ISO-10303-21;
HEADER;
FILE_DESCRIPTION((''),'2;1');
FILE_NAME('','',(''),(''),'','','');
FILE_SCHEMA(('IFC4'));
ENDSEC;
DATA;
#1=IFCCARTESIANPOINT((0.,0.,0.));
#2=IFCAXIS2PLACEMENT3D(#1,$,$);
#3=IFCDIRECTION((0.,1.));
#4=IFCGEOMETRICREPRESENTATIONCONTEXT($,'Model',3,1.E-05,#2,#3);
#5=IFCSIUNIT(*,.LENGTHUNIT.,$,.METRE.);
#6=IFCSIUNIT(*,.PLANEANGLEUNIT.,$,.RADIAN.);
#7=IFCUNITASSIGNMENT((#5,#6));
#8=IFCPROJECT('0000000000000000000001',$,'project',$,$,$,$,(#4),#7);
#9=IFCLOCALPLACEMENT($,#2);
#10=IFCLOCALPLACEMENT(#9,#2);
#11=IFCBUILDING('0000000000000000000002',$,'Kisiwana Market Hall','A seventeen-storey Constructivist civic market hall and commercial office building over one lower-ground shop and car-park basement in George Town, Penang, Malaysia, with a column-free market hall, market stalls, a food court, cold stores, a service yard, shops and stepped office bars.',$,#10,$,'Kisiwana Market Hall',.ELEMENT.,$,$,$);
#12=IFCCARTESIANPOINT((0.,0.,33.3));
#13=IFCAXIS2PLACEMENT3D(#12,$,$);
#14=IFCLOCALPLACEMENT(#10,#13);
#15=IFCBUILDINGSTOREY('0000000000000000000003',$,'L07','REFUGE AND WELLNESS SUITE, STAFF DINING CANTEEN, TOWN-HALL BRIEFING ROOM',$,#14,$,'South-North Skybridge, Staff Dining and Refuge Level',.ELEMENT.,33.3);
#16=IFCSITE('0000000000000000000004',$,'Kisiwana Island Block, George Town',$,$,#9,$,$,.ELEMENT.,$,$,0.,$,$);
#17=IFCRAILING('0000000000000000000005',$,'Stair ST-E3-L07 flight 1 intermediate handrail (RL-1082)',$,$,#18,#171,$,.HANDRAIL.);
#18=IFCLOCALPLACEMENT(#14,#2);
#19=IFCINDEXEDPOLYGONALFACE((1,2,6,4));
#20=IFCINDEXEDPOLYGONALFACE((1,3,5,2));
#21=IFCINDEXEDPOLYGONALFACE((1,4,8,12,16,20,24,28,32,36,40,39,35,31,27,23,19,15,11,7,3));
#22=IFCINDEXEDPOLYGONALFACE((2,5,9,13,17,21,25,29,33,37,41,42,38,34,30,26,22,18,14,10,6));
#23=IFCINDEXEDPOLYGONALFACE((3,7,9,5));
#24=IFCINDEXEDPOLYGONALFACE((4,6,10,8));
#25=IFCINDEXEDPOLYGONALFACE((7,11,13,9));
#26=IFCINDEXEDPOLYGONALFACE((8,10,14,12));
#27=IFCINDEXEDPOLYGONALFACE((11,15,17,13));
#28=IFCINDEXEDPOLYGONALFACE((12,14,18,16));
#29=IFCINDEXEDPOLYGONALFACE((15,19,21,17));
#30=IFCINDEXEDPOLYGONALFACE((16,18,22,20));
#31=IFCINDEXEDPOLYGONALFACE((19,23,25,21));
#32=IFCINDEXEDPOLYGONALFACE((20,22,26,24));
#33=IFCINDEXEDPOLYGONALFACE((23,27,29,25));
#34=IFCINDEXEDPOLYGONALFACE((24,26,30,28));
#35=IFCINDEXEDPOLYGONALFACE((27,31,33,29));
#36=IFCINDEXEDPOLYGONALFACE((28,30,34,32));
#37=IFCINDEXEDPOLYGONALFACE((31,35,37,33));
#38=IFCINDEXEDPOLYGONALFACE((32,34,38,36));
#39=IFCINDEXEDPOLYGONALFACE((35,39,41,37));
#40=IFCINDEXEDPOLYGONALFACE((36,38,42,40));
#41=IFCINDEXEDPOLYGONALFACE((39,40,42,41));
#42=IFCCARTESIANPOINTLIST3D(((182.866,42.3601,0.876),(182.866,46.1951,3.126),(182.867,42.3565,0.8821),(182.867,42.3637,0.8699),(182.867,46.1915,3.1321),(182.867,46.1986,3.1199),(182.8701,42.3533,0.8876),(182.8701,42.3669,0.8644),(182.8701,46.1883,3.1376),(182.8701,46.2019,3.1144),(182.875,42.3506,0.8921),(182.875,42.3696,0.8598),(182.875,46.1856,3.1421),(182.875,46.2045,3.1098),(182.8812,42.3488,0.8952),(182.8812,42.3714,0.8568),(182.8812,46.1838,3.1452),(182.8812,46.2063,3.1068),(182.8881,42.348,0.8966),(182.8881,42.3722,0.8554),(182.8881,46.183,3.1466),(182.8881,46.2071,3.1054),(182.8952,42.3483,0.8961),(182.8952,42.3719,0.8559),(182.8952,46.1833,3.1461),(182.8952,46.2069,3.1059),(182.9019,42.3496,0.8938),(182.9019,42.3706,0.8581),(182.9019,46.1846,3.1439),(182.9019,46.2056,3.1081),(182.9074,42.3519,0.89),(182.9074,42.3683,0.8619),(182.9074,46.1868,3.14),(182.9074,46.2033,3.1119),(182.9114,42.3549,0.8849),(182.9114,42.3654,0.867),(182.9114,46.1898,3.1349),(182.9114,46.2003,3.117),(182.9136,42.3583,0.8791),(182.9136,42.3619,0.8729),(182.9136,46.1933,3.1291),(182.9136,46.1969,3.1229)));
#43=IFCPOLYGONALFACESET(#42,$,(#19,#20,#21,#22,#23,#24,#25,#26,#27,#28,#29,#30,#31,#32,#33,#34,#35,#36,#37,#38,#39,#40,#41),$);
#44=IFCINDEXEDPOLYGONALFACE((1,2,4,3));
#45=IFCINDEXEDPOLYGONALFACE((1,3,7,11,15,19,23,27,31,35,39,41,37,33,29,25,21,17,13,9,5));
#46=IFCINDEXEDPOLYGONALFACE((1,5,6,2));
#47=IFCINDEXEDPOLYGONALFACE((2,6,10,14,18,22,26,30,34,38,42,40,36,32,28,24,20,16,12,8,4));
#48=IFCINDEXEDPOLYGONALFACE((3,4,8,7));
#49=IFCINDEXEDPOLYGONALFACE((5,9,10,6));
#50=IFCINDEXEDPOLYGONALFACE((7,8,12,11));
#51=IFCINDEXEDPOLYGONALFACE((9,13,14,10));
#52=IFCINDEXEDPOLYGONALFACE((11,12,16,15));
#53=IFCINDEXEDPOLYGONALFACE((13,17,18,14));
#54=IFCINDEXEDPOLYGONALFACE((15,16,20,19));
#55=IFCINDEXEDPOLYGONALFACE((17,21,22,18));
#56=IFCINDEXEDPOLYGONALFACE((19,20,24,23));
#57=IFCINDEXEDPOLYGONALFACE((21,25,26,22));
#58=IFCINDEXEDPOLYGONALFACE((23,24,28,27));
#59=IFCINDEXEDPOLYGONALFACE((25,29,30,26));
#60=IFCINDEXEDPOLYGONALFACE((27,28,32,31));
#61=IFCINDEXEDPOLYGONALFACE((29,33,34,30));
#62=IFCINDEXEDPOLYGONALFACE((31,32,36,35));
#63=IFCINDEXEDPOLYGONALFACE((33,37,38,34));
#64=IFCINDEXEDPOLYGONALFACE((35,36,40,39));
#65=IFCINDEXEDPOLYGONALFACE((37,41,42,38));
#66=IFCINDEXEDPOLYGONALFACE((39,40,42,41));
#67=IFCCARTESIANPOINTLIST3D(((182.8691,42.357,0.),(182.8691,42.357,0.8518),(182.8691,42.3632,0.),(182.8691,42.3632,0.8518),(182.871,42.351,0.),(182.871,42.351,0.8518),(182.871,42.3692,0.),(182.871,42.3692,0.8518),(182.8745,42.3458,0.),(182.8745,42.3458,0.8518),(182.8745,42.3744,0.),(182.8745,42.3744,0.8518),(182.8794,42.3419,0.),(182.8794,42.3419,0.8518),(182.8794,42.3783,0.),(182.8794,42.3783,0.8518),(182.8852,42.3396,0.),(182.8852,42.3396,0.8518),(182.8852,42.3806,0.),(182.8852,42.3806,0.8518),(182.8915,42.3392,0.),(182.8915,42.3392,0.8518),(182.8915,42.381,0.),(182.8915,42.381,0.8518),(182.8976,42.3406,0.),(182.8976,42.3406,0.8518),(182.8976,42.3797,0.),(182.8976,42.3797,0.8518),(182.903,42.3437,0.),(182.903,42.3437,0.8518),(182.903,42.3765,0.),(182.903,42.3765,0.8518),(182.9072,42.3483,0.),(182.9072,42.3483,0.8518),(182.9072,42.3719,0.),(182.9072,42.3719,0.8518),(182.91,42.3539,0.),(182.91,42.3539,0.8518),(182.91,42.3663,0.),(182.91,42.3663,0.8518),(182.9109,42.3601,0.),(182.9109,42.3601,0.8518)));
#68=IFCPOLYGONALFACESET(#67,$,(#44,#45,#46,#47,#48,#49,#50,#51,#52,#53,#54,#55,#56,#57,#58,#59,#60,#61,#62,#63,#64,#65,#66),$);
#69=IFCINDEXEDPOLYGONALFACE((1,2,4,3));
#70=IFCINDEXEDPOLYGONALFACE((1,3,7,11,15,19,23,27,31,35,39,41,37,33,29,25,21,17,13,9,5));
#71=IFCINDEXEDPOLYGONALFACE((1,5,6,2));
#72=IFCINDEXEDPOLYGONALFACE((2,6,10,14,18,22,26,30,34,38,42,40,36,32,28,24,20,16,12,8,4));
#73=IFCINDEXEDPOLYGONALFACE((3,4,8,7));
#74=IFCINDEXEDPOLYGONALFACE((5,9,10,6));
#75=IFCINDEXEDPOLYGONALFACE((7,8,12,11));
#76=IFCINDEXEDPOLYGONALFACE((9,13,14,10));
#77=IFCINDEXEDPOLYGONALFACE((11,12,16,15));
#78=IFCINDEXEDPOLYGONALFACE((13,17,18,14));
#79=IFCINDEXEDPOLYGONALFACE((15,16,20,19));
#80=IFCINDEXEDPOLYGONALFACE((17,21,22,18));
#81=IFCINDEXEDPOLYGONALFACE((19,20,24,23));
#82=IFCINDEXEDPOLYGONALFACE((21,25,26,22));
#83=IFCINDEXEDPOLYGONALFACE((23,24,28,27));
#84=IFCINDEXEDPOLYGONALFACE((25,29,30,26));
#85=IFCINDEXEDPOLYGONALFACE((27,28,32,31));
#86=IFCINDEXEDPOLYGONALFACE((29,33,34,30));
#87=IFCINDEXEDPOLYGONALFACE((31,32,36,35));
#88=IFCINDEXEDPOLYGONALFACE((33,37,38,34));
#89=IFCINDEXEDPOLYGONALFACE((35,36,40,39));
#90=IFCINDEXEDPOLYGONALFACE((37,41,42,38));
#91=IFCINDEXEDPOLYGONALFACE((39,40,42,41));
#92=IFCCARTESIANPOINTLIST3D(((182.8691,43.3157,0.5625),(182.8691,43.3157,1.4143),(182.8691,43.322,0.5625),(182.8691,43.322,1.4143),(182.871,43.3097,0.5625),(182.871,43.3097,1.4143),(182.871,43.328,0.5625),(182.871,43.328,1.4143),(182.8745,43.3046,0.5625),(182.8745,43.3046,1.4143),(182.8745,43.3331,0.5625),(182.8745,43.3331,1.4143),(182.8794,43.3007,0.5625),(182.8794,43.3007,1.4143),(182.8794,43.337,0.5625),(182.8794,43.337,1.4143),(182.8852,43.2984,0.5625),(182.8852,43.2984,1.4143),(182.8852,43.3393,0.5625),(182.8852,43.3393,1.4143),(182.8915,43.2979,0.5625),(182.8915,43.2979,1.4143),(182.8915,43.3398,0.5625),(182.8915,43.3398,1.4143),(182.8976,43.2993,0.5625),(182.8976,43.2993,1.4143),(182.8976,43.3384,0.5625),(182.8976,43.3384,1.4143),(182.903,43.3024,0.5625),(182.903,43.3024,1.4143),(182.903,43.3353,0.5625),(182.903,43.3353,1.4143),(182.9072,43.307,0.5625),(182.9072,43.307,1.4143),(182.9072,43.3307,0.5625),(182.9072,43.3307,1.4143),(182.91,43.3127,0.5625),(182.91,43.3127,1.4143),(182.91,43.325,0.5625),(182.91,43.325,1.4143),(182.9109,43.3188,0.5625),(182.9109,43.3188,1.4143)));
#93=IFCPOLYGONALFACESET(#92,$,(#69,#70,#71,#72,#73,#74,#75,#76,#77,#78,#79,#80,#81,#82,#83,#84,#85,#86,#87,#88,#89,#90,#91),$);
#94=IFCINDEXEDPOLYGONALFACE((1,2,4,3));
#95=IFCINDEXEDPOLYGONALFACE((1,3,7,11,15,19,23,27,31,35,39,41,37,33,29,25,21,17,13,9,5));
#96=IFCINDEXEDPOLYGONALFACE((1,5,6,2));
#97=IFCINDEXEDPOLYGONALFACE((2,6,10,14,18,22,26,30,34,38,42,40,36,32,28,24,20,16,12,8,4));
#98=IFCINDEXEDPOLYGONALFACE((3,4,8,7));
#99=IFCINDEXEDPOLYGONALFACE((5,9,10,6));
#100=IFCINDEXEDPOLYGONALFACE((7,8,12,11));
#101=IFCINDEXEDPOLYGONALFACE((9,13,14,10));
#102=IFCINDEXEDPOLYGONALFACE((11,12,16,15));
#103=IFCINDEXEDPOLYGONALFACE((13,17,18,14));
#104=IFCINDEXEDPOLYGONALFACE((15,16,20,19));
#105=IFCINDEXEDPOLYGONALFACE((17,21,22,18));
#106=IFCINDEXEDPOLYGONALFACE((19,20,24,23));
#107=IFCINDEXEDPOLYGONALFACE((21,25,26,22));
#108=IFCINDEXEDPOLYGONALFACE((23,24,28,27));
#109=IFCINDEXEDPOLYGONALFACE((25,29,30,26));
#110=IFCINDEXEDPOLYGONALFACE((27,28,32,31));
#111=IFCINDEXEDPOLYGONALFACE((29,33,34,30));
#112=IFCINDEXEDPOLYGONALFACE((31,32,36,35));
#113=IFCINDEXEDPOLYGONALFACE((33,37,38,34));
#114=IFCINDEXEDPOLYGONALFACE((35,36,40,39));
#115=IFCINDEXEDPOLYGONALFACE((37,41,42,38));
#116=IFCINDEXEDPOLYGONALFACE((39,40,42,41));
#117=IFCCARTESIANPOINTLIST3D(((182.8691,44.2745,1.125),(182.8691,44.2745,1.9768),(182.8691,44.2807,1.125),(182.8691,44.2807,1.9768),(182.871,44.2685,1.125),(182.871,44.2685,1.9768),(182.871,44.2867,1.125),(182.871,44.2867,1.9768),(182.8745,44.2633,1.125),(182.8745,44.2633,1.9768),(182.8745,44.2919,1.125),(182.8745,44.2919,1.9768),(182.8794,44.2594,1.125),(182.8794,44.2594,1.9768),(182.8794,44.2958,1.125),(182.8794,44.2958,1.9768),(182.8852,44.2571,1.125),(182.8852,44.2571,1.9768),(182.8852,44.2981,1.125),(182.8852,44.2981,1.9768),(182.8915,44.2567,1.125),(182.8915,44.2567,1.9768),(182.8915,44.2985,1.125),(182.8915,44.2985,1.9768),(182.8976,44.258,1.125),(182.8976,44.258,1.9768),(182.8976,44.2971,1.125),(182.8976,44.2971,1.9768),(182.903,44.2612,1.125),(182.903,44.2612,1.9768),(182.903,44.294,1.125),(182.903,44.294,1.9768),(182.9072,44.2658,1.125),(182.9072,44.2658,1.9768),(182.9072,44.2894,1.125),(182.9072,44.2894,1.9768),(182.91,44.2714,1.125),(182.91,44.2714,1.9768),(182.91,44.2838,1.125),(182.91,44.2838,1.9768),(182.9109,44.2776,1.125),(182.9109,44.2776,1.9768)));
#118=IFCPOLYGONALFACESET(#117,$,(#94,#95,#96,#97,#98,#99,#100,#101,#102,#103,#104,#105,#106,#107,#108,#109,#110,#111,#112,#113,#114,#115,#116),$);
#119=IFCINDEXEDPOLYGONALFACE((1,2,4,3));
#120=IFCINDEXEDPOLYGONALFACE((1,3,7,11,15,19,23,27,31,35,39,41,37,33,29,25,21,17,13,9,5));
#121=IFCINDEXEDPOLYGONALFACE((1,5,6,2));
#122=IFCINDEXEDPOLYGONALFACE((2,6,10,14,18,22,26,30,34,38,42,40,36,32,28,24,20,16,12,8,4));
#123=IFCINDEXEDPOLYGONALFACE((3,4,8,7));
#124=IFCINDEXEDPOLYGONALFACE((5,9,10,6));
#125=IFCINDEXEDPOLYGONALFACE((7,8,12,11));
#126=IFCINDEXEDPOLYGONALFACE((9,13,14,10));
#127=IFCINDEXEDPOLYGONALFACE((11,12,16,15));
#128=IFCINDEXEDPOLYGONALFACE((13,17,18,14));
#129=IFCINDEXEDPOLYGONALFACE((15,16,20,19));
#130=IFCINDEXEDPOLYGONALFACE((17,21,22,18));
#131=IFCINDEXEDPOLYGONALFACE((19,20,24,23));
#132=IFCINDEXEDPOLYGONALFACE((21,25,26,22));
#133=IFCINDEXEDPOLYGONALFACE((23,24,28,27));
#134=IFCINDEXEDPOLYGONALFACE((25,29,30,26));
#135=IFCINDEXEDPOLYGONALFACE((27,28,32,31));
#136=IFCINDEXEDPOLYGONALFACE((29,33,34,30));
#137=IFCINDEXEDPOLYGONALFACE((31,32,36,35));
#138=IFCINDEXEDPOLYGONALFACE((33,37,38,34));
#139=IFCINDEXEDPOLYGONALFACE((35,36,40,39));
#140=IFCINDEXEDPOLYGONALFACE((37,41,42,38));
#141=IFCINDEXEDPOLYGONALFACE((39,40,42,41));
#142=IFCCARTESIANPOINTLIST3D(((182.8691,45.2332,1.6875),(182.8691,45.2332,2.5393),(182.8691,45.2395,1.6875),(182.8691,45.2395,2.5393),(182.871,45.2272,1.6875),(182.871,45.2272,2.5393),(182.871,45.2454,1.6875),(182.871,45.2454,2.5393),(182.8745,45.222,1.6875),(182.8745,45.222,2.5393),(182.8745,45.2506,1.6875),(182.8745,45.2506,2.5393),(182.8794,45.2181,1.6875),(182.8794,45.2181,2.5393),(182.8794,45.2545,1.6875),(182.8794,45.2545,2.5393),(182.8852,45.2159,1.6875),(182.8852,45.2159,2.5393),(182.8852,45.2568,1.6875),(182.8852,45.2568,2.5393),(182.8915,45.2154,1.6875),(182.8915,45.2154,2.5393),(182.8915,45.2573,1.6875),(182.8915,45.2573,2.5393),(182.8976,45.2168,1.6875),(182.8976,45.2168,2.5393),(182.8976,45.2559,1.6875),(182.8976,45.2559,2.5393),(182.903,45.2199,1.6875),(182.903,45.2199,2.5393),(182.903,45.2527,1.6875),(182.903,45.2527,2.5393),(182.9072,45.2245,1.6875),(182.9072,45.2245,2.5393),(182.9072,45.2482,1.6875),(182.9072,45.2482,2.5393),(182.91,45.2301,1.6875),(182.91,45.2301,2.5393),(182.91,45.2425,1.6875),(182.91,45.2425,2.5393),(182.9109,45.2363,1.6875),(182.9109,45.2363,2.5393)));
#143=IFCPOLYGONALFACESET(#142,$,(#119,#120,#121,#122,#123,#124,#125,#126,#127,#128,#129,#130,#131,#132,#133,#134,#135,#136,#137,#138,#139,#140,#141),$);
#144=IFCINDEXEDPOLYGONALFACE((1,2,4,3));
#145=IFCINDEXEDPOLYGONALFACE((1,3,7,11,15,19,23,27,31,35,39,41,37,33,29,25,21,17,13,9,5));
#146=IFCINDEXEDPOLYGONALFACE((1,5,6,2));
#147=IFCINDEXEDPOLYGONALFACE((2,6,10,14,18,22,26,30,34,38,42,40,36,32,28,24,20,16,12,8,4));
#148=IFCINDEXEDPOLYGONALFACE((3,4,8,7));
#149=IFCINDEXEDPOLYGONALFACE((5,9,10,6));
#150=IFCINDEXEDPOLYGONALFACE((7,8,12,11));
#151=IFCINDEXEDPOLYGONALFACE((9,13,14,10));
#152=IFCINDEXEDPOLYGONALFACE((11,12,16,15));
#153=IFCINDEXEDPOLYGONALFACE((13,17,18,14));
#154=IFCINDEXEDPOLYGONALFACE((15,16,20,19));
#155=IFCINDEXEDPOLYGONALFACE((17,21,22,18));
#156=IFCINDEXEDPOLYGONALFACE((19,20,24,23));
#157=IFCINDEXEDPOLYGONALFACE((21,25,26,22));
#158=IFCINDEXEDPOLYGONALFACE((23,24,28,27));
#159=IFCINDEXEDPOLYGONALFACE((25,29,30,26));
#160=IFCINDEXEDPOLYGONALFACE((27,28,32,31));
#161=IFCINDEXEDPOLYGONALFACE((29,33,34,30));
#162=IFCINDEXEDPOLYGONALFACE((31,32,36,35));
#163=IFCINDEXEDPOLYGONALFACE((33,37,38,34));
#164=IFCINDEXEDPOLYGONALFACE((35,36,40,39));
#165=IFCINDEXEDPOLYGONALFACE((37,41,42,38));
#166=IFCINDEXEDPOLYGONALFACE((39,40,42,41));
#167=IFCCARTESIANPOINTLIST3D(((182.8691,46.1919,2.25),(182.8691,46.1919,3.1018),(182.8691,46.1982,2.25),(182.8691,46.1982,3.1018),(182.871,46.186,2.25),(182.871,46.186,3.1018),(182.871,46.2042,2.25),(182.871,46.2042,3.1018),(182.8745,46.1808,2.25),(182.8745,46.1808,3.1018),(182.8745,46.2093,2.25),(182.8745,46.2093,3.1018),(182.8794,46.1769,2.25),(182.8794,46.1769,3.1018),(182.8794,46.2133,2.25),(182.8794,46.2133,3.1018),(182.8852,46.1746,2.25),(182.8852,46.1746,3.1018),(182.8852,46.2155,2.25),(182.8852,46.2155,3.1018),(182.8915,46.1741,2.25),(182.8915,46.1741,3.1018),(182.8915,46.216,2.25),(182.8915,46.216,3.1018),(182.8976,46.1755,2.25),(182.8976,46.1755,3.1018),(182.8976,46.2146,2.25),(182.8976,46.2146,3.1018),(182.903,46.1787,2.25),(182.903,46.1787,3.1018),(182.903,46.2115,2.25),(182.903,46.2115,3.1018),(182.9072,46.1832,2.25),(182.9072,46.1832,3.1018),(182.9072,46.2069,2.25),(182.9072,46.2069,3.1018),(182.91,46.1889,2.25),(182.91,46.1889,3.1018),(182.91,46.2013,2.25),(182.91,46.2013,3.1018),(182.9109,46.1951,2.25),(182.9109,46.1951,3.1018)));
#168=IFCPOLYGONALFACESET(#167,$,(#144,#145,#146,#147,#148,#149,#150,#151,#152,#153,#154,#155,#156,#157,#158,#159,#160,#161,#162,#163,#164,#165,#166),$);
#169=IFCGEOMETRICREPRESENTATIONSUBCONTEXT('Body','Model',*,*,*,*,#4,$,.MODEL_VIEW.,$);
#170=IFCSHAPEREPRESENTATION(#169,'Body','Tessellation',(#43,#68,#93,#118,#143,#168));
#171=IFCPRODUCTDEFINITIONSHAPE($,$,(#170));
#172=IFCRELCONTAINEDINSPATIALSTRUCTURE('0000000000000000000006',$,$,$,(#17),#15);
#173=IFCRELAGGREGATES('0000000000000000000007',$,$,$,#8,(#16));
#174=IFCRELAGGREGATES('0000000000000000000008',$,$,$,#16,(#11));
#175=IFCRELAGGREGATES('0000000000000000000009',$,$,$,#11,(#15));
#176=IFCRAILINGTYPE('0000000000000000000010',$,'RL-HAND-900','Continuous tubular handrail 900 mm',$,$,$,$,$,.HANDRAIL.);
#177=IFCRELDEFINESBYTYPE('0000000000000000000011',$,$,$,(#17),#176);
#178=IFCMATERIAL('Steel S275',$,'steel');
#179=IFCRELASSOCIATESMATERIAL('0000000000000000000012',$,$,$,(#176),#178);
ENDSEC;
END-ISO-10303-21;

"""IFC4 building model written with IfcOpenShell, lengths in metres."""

from ifc_helpers import new_model, si_unit, direction, frame, origin, origin_2d, place, context, subcontext, project, spatial, circle, extrude, material, type_object, element, save


model = new_model("IFC4")

# Units and contexts
model_context = context("Model", 3, precision=1e-05, world=origin(), true_north=direction((0.0, 1.0)))
body_context = subcontext(model_context, "Body", "Model", "MODEL_VIEW")
ifc_project = project(units=[si_unit("LENGTHUNIT", "METRE"), si_unit("PLANEANGLEUNIT", "RADIAN")], contexts=[model_context])

# Site, building, storey
site_placement = place(None, origin())
site = spatial("IfcSite", under=ifc_project, at=site_placement, Name="Kisiwana Island Block, George Town", CompositionType="ELEMENT", RefElevation=0.0)
building_placement = place(site_placement, origin())
building = spatial("IfcBuilding", under=site, at=building_placement, Name="Kisiwana Market Hall", Description="A seventeen-storey Constructivist civic market hall and commercial office building over one lower-ground shop and car-park basement in George Town, Penang, Malaysia, with a column-free market hall, market stalls, a food court, cold stores, a service yard, shops and stepped office bars.", LongName="Kisiwana Market Hall", CompositionType="ELEMENT")
storey_placement = place(building_placement, frame((0.0, 0.0, 33.3)))
storey = spatial("IfcBuildingStorey", under=building, at=storey_placement, Name="L07", Description="REFUGE AND WELLNESS SUITE, STAFF DINING CANTEEN, TOWN-HALL BRIEFING ROOM", LongName="South-North Skybridge, Staff Dining and Refuge Level", CompositionType="ELEMENT", Elevation=33.3)

# Railing
ifc_material_1 = material(Name="Steel S275", Category="steel")
railing_type_1 = type_object("IfcRailingType", Name="RL-HAND-900", Description="Continuous tubular handrail 900 mm", PredefinedType="HANDRAIL", material=ifc_material_1)
railing_1_placement = place(storey_placement, frame((182.8899, 42.3601, 0.0)))
element("IfcRailing", 1, at=railing_1_placement, inside=storey, type_object=railing_type_1, Name="Stair ST-E3-L07 flight 1 intermediate handrail (RL-1082)", PredefinedType="HANDRAIL", context=body_context, shape_type="SweptSolid", body=[
    extrude(circle(Radius=0.0239, at=origin_2d()), frame((0.0, 0.0, 0.876), z_axis=(0.0, 0.86251, 0.506041), x_axis=(-1.0, 0.0, 0.0)), (0.0, 0.0, 1.0), 4.4463),
    extrude(circle(Radius=0.021, at=origin_2d()), origin(), (0.0, 0.0, 1.0), 0.8518),
    extrude(circle(Radius=0.021, at=origin_2d()), frame((0.0, 0.9587, 0.5625)), (0.0, 0.0, 1.0), 0.8518),
    extrude(circle(Radius=0.021, at=origin_2d()), frame((0.0, 1.9175, 1.125)), (0.0, 0.0, 1.0), 0.8518),
    extrude(circle(Radius=0.021, at=origin_2d()), frame((0.0, 2.8762, 1.6875)), (0.0, 0.0, 1.0), 0.8518),
    extrude(circle(Radius=0.021, at=origin_2d()), frame((0.0, 3.835, 2.25)), (0.0, 0.0, 1.0), 0.8518),
])

save(model, "model.ifc")
